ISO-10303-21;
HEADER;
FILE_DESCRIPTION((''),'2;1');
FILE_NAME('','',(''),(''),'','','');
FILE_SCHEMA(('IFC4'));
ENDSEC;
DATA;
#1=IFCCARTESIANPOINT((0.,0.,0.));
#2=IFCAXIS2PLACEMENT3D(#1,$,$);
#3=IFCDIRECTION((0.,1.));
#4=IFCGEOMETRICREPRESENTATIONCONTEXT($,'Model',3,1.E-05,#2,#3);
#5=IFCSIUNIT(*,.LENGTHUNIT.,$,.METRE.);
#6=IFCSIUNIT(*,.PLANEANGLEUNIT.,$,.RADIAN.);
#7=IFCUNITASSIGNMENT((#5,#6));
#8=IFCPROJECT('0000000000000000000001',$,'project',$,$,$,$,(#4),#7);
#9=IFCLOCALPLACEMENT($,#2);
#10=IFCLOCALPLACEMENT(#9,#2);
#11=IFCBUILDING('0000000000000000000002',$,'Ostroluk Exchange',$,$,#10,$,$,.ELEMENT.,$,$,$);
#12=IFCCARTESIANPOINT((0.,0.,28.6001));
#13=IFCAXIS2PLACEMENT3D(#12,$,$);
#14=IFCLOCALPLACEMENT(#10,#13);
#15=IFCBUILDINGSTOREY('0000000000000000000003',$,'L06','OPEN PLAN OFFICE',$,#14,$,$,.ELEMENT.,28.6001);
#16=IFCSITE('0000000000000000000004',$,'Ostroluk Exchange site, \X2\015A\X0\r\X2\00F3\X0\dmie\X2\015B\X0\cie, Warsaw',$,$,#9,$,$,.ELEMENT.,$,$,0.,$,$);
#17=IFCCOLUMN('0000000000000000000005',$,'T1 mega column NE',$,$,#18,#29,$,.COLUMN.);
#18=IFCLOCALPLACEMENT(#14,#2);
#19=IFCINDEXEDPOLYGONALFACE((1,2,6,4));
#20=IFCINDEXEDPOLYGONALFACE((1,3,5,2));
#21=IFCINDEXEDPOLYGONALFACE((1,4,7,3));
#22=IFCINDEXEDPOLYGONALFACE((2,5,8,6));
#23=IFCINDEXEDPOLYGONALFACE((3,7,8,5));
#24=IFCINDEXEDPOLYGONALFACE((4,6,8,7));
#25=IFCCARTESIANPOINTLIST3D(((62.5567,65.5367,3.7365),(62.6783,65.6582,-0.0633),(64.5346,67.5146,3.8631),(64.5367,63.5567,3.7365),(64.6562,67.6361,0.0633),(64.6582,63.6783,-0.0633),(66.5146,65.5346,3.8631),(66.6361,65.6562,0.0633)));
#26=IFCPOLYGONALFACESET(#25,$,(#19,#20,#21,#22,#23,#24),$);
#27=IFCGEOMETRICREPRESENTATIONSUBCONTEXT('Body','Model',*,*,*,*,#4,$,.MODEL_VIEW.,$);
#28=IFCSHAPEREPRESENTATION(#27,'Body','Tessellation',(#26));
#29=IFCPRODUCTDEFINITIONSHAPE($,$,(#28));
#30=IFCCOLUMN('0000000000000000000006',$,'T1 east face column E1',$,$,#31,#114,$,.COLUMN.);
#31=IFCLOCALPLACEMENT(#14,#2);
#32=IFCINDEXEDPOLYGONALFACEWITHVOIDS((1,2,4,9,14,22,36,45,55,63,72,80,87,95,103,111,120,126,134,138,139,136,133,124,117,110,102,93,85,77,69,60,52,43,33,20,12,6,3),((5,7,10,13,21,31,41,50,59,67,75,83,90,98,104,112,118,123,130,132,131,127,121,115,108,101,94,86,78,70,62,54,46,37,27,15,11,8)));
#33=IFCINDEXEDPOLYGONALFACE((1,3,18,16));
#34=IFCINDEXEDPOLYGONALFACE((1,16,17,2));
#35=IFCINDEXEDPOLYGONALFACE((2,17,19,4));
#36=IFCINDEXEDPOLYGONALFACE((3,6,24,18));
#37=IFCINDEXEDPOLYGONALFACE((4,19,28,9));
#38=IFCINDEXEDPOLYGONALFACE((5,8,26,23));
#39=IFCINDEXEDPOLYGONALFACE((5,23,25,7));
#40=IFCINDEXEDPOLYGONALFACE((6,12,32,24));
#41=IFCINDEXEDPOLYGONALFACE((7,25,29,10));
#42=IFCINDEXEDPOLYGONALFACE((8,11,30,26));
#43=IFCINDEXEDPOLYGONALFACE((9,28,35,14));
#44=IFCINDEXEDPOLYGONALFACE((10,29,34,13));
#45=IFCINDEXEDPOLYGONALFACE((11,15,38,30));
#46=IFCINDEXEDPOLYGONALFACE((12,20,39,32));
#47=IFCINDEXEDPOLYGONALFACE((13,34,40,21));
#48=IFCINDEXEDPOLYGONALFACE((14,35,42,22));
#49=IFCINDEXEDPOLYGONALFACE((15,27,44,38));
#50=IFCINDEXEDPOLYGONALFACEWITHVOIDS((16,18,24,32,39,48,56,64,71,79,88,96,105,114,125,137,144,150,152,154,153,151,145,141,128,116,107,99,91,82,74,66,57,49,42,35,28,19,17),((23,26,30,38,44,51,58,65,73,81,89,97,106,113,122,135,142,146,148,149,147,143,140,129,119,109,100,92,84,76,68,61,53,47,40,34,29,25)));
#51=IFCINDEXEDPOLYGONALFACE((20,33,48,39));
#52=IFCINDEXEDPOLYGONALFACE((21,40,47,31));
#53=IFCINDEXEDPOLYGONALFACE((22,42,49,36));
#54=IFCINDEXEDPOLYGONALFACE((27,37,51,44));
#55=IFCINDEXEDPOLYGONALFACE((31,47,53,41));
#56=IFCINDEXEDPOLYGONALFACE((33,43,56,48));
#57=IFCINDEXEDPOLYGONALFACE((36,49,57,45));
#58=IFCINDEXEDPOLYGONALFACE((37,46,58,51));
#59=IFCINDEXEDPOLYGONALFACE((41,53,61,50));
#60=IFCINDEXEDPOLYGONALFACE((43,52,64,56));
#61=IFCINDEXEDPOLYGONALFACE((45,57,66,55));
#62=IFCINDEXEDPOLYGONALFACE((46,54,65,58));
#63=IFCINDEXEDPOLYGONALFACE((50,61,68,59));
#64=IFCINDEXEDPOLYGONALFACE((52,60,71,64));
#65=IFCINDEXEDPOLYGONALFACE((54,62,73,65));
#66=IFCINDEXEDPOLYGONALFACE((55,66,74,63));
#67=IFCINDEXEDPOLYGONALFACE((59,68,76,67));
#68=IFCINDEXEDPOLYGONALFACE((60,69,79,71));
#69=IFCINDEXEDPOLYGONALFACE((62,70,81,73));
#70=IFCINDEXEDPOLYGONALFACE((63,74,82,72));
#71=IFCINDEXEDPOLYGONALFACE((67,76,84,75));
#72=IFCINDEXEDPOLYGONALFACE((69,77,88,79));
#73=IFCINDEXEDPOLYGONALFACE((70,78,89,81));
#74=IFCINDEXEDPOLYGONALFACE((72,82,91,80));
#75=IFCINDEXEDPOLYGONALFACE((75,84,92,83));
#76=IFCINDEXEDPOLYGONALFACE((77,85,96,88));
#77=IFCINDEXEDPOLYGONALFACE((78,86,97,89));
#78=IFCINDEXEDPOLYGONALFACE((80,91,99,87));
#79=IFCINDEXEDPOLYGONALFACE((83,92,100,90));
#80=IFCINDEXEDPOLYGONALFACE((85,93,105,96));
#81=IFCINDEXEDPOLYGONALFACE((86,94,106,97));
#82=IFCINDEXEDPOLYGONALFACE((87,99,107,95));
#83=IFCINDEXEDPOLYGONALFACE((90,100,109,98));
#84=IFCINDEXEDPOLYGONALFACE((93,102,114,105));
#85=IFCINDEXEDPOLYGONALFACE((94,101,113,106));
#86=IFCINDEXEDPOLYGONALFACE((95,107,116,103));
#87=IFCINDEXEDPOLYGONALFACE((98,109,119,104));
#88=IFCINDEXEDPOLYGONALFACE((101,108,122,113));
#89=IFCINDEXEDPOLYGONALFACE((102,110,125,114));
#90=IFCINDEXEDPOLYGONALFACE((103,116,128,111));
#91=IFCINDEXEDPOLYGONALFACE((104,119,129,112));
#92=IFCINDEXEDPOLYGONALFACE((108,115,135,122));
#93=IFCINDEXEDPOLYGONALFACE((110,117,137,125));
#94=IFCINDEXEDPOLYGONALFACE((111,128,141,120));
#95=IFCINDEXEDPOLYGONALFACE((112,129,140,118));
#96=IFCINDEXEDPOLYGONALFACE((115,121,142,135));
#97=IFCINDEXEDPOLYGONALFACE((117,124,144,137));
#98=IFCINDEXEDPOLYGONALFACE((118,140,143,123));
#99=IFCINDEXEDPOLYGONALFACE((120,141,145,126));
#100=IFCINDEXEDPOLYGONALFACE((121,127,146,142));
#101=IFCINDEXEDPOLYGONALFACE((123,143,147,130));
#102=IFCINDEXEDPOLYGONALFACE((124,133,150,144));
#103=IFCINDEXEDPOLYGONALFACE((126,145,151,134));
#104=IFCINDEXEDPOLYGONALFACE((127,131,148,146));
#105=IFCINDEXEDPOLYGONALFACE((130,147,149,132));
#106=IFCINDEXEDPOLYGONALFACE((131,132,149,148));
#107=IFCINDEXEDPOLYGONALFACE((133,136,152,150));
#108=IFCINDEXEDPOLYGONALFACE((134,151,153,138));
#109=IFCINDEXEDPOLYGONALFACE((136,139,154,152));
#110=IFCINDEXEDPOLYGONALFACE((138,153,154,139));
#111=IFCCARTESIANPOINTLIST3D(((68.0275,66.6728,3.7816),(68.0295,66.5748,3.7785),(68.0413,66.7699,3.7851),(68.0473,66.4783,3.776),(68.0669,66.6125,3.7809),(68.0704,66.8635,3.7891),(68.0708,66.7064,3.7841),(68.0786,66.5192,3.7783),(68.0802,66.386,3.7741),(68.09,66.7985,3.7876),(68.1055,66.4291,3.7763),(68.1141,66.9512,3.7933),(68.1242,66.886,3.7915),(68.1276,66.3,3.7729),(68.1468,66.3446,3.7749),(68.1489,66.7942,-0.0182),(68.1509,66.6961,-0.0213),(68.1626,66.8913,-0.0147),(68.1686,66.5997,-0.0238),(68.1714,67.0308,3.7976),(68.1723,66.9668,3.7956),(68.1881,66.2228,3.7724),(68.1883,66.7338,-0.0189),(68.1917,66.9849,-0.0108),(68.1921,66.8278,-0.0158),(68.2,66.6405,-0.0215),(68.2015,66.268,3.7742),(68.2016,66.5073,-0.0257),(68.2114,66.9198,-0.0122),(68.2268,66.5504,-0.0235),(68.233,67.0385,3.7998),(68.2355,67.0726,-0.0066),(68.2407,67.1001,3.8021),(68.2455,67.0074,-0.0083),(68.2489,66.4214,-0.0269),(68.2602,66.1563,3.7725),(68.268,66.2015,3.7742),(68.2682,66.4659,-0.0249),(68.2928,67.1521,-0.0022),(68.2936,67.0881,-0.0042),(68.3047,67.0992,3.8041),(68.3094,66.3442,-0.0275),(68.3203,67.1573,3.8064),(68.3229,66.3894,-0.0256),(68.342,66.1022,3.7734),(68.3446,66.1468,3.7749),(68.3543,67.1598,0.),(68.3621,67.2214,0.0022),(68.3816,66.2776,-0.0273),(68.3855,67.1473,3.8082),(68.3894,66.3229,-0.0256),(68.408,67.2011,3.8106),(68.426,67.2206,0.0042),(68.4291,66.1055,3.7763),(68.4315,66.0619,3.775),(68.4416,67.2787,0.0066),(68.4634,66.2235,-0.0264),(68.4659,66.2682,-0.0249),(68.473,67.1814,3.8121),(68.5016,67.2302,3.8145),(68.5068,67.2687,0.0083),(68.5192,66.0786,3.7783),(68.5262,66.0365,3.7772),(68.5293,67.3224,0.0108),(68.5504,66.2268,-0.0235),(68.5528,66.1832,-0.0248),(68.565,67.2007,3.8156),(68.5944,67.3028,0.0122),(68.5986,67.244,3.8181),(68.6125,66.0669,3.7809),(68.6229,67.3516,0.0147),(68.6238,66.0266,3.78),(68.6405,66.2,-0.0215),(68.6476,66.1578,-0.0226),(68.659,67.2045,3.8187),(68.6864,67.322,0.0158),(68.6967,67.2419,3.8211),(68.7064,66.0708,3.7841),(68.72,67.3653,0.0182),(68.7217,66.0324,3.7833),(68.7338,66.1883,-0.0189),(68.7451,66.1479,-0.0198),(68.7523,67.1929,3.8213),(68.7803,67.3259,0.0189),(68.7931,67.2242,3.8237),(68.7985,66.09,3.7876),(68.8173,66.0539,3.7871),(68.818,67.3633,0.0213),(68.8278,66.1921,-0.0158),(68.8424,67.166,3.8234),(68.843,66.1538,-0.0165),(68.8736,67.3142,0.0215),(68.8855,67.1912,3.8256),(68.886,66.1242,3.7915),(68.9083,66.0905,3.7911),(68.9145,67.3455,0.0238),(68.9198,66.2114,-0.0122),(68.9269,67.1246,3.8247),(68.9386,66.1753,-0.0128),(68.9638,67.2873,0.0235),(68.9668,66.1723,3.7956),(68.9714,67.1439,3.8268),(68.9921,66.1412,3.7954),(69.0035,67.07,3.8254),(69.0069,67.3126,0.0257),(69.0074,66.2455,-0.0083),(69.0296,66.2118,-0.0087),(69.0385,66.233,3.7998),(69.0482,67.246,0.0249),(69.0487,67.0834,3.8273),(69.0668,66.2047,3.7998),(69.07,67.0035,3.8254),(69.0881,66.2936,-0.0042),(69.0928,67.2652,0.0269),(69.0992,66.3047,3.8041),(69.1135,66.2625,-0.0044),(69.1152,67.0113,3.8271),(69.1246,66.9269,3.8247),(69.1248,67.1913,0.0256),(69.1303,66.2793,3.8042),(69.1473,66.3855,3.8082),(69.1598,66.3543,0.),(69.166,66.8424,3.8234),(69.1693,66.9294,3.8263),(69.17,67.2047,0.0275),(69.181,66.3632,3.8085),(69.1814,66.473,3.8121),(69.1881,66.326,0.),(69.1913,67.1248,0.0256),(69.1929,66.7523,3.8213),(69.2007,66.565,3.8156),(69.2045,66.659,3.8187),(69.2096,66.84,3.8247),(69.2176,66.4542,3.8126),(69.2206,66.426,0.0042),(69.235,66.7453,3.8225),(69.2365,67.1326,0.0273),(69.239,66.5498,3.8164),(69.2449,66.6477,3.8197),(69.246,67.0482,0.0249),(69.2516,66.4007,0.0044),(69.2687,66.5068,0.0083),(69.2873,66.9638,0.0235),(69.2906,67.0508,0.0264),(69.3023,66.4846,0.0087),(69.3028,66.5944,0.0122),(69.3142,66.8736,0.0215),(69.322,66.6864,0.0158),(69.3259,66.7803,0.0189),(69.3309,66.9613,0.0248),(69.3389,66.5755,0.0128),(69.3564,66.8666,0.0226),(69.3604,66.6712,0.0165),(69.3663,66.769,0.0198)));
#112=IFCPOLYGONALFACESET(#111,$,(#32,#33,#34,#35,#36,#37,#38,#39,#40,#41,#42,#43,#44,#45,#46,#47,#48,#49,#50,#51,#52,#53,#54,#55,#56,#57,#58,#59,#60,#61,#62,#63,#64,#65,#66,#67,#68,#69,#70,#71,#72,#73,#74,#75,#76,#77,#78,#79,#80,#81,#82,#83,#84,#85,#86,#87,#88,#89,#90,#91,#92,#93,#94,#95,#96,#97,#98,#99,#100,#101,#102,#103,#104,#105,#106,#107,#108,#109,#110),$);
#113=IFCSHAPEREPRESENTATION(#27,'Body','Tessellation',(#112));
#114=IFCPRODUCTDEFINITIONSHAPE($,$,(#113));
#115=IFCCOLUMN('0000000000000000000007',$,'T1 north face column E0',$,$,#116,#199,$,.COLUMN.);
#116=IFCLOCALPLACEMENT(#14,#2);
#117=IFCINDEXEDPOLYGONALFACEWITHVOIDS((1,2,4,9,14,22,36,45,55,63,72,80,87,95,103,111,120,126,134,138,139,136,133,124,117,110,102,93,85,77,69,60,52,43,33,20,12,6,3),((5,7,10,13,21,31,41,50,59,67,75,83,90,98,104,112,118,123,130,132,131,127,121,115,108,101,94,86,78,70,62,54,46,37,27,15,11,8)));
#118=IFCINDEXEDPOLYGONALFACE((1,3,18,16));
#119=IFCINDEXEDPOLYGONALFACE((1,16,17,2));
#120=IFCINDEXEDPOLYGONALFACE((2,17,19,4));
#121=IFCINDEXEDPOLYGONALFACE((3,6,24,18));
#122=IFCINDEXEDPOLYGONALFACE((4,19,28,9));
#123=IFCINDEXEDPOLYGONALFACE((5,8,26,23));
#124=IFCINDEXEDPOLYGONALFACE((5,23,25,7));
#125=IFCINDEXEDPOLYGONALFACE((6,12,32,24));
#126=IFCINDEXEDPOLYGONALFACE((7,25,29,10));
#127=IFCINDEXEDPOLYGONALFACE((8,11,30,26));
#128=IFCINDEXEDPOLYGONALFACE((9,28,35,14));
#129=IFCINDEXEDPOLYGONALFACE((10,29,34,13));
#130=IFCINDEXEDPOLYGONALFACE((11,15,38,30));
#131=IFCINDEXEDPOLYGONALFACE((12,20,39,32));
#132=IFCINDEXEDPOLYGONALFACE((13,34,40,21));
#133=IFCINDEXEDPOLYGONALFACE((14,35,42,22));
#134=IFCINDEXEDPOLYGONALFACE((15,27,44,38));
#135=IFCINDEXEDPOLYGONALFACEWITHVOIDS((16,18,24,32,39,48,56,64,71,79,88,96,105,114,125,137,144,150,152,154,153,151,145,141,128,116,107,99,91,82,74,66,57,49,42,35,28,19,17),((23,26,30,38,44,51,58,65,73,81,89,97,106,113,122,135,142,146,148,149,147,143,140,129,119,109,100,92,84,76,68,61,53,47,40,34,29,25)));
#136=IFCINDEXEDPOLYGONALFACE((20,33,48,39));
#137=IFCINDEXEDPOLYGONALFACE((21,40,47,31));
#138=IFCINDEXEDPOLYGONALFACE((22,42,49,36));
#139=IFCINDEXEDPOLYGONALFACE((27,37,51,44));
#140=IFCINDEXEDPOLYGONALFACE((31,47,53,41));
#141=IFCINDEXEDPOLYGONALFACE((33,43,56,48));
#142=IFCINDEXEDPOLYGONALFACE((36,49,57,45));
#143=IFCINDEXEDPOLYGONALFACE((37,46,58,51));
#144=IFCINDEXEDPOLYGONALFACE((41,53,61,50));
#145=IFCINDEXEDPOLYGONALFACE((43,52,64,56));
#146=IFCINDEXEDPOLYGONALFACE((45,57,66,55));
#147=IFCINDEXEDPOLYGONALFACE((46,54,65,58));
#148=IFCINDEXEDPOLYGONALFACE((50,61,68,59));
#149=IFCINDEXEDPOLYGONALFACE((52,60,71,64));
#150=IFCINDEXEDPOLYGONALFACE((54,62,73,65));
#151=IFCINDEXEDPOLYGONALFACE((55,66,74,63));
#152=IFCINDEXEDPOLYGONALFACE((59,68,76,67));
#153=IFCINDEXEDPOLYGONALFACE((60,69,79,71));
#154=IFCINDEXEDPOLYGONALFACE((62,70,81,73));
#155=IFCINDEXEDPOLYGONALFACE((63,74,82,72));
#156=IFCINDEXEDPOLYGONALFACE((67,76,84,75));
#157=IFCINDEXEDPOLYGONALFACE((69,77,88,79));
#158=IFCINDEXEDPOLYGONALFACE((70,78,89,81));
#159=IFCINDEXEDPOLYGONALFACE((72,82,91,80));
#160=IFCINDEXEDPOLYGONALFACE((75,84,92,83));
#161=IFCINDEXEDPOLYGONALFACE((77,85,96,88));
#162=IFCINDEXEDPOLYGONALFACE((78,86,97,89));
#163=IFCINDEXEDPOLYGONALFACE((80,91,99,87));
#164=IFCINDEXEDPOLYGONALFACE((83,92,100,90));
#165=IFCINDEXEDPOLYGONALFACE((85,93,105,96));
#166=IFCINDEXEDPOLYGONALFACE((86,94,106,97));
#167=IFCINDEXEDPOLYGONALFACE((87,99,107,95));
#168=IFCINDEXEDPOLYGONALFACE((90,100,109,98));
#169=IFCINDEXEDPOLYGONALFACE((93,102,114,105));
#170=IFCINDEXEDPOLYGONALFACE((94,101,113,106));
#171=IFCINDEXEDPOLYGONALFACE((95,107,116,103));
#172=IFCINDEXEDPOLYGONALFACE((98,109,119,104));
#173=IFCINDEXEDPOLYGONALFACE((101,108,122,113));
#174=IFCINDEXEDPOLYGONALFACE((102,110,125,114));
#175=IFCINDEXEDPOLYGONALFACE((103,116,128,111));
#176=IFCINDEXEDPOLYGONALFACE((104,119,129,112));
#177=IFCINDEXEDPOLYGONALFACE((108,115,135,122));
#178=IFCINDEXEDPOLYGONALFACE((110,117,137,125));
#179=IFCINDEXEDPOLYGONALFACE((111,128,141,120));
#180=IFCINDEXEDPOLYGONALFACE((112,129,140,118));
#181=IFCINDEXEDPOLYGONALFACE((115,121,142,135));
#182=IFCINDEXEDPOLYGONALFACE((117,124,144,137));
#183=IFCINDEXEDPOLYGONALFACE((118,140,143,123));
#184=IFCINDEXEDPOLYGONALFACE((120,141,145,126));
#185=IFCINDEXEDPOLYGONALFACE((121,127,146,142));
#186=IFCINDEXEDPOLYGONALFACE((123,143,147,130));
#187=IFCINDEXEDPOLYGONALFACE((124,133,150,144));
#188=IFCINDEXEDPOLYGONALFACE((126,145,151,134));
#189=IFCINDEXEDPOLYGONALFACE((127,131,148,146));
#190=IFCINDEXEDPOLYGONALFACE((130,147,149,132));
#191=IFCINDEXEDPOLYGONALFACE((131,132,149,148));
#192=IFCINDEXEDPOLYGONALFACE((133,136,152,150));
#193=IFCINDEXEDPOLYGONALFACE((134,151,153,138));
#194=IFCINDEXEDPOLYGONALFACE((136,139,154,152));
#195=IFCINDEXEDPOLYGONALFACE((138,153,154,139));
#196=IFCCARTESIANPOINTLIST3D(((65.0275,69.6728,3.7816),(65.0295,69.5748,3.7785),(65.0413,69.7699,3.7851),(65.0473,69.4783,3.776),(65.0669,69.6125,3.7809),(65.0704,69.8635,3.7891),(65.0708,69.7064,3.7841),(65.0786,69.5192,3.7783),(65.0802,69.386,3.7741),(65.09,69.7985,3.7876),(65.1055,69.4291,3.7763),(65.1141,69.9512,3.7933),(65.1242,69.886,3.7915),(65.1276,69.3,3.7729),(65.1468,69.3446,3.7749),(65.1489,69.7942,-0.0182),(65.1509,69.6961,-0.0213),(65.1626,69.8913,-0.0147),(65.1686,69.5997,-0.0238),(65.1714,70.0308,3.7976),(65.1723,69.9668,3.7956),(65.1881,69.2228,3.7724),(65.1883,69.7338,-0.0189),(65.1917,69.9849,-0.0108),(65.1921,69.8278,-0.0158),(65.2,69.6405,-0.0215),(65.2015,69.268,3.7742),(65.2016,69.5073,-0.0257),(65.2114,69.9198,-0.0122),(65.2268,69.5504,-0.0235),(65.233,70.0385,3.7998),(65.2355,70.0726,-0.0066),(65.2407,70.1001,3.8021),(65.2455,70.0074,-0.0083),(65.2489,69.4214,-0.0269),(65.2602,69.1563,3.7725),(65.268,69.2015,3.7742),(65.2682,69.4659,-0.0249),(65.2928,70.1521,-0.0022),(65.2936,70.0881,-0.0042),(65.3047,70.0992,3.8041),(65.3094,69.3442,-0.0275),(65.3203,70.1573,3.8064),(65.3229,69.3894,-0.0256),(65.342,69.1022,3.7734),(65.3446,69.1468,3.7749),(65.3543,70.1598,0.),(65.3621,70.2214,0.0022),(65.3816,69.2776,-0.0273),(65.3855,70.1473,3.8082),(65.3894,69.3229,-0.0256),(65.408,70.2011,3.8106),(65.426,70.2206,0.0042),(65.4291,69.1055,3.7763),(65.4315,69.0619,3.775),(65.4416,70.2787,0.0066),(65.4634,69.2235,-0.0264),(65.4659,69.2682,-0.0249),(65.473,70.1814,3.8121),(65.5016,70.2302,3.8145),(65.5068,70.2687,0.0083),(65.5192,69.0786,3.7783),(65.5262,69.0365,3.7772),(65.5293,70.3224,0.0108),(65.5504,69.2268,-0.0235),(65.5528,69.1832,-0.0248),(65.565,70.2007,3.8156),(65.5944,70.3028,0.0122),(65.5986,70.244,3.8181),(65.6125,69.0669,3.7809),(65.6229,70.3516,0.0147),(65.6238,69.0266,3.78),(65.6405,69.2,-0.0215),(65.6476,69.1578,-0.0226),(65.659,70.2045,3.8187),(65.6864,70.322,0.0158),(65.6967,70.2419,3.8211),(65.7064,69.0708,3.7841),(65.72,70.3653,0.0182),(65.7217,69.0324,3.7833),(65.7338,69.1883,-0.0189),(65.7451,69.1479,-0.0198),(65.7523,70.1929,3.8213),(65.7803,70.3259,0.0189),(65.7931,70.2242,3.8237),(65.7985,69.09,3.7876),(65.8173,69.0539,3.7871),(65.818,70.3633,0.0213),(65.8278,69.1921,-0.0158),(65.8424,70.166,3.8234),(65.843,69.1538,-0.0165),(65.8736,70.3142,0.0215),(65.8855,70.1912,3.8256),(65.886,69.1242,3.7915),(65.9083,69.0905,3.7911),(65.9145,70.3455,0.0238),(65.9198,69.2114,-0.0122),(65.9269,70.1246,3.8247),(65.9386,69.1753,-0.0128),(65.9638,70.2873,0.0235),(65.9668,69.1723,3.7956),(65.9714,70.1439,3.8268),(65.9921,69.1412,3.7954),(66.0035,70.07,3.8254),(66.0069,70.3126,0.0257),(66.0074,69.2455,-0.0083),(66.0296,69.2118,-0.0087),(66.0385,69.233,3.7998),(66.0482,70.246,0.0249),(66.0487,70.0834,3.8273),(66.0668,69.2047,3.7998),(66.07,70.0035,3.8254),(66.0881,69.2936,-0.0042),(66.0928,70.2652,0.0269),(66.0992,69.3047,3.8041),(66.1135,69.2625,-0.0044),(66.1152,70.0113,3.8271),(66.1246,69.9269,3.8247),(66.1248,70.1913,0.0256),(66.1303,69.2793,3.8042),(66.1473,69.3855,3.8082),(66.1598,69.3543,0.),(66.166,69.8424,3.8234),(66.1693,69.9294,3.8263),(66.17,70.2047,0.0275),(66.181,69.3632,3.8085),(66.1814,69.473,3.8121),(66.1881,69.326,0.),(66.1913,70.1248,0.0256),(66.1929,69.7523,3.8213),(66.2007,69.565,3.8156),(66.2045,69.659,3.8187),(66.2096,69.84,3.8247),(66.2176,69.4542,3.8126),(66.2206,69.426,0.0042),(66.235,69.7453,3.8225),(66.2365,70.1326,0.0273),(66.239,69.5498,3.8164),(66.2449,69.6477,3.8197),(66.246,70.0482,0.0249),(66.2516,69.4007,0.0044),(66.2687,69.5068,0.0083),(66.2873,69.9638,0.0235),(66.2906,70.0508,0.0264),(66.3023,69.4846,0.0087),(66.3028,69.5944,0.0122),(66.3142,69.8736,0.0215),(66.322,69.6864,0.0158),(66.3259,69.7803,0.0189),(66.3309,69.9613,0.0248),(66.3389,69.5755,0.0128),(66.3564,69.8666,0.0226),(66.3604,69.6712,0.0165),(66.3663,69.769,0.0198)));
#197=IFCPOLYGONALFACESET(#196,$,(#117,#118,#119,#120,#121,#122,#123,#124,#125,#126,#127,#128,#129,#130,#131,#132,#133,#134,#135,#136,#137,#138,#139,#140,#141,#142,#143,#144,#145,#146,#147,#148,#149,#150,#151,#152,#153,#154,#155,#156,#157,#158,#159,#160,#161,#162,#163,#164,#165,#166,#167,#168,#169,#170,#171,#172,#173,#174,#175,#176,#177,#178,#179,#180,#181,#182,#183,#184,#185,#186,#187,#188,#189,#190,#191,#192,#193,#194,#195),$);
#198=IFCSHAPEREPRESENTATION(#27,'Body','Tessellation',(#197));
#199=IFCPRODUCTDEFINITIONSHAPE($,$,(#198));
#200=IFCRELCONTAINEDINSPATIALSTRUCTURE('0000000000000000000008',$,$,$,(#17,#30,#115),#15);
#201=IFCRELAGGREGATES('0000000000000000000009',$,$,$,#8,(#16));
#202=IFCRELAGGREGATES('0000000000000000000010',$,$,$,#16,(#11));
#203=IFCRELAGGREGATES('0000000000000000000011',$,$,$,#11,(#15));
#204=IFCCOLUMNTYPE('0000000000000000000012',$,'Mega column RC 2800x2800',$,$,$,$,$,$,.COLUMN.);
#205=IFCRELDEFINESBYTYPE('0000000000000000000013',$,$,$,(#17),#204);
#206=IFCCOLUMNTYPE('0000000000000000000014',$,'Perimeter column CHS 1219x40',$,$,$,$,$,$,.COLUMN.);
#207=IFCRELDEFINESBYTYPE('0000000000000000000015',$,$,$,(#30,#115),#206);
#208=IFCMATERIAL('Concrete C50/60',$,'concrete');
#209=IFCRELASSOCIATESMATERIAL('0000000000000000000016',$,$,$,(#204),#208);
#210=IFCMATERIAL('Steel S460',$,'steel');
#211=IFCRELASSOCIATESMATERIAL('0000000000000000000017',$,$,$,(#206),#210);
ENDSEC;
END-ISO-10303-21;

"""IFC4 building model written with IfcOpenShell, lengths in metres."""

from ifc_helpers import new_model, si_unit, direction, frame, origin, origin_2d, place, context, subcontext, project, spatial, rectangle, hollow_circle, extrude, material, material_profile, profile_set, type_object, element, save


model = new_model("IFC4")

# Units and contexts
model_context = context("Model", 3, precision=1e-05, world=origin(), true_north=direction((0.0, 1.0)))
body_context = subcontext(model_context, "Body", "Model", "MODEL_VIEW")
ifc_project = project(units=[si_unit("LENGTHUNIT", "METRE"), si_unit("PLANEANGLEUNIT", "RADIAN")], contexts=[model_context])

# Site, building, storey
site_placement = place(None, origin())
site = spatial("IfcSite", under=ifc_project, at=site_placement, Name="Ostroluk Exchange site, Śródmieście, Warsaw", CompositionType="ELEMENT", RefElevation=0.0)
building_placement = place(site_placement, origin())
building = spatial("IfcBuilding", under=site, at=building_placement, Name="Ostroluk Exchange", CompositionType="ELEMENT")
storey_placement = place(building_placement, frame((0.0, 0.0, 28.6001)))
storey = spatial("IfcBuildingStorey", under=building, at=storey_placement, Name="L06", Description="OPEN PLAN OFFICE", CompositionType="ELEMENT", Elevation=28.6001)

# Columns
ifc_material_1 = material(Name="Concrete C50/60", Category="concrete")
ifc_material_profile_1 = material_profile(ifc_material_1, rectangle(XDim=2.8, YDim=2.8, at=origin_2d()), Name="RC 2800x2800")
ifc_profile_set_1 = profile_set([ifc_material_profile_1], Name="Concrete C50/60")
column_type_1 = type_object("IfcColumnType", Name="Mega column RC 2800x2800", PredefinedType="COLUMN", material=ifc_profile_set_1)
column_placement = place(storey_placement, frame((64.6572, 65.6572, 0.0), z_axis=(-0.031964, -0.031964, 0.998978), x_axis=(0.707107, -0.707107, 0.0)))
element("IfcColumn", 1, at=column_placement, inside=storey, type_object=column_type_1, Name="T1 mega column NE", PredefinedType="COLUMN", context=body_context, shape_type="SweptSolid", body=[
    extrude(rectangle(XDim=2.8, YDim=2.8, at=origin_2d()), origin(), (0.0, 0.0, 1.0), 3.8037),
])
ifc_material_2 = material(Name="Steel S460", Category="steel")
ifc_material_profile_2 = material_profile(ifc_material_2, hollow_circle(Radius=0.6096, WallThickness=0.04, at=origin_2d()), Name="CHS 1219x40")
ifc_profile_set_2 = profile_set([ifc_material_profile_2], Name="Steel S460")
column_type_2 = type_object("IfcColumnType", Name="Perimeter column CHS 1219x40", PredefinedType="COLUMN", material=ifc_profile_set_2)
for number, where, z_axis, x_axis, name in (
    (2, (68.7571, 66.7571, 0.0), (-0.0319, -0.0319, 0.998982), (0.707107, -0.707107, 0.0), "T1 east face column E1"),
    (3, (65.7571, 69.7571, 0.0), (-0.0319, -0.0319, 0.998982), (0.707107, -0.707107, 0.0), "T1 north face column E0"),
):
    element("IfcColumn", number, at=place(storey_placement, frame(where, z_axis=z_axis, x_axis=x_axis)), inside=storey, type_object=column_type_2, Name=name, PredefinedType="COLUMN", context=body_context, shape_type="SweptSolid", body=[
        extrude(hollow_circle(Radius=0.6096, WallThickness=0.04, at=origin_2d()), origin(), (0.0, 0.0, 1.0), 3.8037),
    ])

save(model, "model.ifc")
